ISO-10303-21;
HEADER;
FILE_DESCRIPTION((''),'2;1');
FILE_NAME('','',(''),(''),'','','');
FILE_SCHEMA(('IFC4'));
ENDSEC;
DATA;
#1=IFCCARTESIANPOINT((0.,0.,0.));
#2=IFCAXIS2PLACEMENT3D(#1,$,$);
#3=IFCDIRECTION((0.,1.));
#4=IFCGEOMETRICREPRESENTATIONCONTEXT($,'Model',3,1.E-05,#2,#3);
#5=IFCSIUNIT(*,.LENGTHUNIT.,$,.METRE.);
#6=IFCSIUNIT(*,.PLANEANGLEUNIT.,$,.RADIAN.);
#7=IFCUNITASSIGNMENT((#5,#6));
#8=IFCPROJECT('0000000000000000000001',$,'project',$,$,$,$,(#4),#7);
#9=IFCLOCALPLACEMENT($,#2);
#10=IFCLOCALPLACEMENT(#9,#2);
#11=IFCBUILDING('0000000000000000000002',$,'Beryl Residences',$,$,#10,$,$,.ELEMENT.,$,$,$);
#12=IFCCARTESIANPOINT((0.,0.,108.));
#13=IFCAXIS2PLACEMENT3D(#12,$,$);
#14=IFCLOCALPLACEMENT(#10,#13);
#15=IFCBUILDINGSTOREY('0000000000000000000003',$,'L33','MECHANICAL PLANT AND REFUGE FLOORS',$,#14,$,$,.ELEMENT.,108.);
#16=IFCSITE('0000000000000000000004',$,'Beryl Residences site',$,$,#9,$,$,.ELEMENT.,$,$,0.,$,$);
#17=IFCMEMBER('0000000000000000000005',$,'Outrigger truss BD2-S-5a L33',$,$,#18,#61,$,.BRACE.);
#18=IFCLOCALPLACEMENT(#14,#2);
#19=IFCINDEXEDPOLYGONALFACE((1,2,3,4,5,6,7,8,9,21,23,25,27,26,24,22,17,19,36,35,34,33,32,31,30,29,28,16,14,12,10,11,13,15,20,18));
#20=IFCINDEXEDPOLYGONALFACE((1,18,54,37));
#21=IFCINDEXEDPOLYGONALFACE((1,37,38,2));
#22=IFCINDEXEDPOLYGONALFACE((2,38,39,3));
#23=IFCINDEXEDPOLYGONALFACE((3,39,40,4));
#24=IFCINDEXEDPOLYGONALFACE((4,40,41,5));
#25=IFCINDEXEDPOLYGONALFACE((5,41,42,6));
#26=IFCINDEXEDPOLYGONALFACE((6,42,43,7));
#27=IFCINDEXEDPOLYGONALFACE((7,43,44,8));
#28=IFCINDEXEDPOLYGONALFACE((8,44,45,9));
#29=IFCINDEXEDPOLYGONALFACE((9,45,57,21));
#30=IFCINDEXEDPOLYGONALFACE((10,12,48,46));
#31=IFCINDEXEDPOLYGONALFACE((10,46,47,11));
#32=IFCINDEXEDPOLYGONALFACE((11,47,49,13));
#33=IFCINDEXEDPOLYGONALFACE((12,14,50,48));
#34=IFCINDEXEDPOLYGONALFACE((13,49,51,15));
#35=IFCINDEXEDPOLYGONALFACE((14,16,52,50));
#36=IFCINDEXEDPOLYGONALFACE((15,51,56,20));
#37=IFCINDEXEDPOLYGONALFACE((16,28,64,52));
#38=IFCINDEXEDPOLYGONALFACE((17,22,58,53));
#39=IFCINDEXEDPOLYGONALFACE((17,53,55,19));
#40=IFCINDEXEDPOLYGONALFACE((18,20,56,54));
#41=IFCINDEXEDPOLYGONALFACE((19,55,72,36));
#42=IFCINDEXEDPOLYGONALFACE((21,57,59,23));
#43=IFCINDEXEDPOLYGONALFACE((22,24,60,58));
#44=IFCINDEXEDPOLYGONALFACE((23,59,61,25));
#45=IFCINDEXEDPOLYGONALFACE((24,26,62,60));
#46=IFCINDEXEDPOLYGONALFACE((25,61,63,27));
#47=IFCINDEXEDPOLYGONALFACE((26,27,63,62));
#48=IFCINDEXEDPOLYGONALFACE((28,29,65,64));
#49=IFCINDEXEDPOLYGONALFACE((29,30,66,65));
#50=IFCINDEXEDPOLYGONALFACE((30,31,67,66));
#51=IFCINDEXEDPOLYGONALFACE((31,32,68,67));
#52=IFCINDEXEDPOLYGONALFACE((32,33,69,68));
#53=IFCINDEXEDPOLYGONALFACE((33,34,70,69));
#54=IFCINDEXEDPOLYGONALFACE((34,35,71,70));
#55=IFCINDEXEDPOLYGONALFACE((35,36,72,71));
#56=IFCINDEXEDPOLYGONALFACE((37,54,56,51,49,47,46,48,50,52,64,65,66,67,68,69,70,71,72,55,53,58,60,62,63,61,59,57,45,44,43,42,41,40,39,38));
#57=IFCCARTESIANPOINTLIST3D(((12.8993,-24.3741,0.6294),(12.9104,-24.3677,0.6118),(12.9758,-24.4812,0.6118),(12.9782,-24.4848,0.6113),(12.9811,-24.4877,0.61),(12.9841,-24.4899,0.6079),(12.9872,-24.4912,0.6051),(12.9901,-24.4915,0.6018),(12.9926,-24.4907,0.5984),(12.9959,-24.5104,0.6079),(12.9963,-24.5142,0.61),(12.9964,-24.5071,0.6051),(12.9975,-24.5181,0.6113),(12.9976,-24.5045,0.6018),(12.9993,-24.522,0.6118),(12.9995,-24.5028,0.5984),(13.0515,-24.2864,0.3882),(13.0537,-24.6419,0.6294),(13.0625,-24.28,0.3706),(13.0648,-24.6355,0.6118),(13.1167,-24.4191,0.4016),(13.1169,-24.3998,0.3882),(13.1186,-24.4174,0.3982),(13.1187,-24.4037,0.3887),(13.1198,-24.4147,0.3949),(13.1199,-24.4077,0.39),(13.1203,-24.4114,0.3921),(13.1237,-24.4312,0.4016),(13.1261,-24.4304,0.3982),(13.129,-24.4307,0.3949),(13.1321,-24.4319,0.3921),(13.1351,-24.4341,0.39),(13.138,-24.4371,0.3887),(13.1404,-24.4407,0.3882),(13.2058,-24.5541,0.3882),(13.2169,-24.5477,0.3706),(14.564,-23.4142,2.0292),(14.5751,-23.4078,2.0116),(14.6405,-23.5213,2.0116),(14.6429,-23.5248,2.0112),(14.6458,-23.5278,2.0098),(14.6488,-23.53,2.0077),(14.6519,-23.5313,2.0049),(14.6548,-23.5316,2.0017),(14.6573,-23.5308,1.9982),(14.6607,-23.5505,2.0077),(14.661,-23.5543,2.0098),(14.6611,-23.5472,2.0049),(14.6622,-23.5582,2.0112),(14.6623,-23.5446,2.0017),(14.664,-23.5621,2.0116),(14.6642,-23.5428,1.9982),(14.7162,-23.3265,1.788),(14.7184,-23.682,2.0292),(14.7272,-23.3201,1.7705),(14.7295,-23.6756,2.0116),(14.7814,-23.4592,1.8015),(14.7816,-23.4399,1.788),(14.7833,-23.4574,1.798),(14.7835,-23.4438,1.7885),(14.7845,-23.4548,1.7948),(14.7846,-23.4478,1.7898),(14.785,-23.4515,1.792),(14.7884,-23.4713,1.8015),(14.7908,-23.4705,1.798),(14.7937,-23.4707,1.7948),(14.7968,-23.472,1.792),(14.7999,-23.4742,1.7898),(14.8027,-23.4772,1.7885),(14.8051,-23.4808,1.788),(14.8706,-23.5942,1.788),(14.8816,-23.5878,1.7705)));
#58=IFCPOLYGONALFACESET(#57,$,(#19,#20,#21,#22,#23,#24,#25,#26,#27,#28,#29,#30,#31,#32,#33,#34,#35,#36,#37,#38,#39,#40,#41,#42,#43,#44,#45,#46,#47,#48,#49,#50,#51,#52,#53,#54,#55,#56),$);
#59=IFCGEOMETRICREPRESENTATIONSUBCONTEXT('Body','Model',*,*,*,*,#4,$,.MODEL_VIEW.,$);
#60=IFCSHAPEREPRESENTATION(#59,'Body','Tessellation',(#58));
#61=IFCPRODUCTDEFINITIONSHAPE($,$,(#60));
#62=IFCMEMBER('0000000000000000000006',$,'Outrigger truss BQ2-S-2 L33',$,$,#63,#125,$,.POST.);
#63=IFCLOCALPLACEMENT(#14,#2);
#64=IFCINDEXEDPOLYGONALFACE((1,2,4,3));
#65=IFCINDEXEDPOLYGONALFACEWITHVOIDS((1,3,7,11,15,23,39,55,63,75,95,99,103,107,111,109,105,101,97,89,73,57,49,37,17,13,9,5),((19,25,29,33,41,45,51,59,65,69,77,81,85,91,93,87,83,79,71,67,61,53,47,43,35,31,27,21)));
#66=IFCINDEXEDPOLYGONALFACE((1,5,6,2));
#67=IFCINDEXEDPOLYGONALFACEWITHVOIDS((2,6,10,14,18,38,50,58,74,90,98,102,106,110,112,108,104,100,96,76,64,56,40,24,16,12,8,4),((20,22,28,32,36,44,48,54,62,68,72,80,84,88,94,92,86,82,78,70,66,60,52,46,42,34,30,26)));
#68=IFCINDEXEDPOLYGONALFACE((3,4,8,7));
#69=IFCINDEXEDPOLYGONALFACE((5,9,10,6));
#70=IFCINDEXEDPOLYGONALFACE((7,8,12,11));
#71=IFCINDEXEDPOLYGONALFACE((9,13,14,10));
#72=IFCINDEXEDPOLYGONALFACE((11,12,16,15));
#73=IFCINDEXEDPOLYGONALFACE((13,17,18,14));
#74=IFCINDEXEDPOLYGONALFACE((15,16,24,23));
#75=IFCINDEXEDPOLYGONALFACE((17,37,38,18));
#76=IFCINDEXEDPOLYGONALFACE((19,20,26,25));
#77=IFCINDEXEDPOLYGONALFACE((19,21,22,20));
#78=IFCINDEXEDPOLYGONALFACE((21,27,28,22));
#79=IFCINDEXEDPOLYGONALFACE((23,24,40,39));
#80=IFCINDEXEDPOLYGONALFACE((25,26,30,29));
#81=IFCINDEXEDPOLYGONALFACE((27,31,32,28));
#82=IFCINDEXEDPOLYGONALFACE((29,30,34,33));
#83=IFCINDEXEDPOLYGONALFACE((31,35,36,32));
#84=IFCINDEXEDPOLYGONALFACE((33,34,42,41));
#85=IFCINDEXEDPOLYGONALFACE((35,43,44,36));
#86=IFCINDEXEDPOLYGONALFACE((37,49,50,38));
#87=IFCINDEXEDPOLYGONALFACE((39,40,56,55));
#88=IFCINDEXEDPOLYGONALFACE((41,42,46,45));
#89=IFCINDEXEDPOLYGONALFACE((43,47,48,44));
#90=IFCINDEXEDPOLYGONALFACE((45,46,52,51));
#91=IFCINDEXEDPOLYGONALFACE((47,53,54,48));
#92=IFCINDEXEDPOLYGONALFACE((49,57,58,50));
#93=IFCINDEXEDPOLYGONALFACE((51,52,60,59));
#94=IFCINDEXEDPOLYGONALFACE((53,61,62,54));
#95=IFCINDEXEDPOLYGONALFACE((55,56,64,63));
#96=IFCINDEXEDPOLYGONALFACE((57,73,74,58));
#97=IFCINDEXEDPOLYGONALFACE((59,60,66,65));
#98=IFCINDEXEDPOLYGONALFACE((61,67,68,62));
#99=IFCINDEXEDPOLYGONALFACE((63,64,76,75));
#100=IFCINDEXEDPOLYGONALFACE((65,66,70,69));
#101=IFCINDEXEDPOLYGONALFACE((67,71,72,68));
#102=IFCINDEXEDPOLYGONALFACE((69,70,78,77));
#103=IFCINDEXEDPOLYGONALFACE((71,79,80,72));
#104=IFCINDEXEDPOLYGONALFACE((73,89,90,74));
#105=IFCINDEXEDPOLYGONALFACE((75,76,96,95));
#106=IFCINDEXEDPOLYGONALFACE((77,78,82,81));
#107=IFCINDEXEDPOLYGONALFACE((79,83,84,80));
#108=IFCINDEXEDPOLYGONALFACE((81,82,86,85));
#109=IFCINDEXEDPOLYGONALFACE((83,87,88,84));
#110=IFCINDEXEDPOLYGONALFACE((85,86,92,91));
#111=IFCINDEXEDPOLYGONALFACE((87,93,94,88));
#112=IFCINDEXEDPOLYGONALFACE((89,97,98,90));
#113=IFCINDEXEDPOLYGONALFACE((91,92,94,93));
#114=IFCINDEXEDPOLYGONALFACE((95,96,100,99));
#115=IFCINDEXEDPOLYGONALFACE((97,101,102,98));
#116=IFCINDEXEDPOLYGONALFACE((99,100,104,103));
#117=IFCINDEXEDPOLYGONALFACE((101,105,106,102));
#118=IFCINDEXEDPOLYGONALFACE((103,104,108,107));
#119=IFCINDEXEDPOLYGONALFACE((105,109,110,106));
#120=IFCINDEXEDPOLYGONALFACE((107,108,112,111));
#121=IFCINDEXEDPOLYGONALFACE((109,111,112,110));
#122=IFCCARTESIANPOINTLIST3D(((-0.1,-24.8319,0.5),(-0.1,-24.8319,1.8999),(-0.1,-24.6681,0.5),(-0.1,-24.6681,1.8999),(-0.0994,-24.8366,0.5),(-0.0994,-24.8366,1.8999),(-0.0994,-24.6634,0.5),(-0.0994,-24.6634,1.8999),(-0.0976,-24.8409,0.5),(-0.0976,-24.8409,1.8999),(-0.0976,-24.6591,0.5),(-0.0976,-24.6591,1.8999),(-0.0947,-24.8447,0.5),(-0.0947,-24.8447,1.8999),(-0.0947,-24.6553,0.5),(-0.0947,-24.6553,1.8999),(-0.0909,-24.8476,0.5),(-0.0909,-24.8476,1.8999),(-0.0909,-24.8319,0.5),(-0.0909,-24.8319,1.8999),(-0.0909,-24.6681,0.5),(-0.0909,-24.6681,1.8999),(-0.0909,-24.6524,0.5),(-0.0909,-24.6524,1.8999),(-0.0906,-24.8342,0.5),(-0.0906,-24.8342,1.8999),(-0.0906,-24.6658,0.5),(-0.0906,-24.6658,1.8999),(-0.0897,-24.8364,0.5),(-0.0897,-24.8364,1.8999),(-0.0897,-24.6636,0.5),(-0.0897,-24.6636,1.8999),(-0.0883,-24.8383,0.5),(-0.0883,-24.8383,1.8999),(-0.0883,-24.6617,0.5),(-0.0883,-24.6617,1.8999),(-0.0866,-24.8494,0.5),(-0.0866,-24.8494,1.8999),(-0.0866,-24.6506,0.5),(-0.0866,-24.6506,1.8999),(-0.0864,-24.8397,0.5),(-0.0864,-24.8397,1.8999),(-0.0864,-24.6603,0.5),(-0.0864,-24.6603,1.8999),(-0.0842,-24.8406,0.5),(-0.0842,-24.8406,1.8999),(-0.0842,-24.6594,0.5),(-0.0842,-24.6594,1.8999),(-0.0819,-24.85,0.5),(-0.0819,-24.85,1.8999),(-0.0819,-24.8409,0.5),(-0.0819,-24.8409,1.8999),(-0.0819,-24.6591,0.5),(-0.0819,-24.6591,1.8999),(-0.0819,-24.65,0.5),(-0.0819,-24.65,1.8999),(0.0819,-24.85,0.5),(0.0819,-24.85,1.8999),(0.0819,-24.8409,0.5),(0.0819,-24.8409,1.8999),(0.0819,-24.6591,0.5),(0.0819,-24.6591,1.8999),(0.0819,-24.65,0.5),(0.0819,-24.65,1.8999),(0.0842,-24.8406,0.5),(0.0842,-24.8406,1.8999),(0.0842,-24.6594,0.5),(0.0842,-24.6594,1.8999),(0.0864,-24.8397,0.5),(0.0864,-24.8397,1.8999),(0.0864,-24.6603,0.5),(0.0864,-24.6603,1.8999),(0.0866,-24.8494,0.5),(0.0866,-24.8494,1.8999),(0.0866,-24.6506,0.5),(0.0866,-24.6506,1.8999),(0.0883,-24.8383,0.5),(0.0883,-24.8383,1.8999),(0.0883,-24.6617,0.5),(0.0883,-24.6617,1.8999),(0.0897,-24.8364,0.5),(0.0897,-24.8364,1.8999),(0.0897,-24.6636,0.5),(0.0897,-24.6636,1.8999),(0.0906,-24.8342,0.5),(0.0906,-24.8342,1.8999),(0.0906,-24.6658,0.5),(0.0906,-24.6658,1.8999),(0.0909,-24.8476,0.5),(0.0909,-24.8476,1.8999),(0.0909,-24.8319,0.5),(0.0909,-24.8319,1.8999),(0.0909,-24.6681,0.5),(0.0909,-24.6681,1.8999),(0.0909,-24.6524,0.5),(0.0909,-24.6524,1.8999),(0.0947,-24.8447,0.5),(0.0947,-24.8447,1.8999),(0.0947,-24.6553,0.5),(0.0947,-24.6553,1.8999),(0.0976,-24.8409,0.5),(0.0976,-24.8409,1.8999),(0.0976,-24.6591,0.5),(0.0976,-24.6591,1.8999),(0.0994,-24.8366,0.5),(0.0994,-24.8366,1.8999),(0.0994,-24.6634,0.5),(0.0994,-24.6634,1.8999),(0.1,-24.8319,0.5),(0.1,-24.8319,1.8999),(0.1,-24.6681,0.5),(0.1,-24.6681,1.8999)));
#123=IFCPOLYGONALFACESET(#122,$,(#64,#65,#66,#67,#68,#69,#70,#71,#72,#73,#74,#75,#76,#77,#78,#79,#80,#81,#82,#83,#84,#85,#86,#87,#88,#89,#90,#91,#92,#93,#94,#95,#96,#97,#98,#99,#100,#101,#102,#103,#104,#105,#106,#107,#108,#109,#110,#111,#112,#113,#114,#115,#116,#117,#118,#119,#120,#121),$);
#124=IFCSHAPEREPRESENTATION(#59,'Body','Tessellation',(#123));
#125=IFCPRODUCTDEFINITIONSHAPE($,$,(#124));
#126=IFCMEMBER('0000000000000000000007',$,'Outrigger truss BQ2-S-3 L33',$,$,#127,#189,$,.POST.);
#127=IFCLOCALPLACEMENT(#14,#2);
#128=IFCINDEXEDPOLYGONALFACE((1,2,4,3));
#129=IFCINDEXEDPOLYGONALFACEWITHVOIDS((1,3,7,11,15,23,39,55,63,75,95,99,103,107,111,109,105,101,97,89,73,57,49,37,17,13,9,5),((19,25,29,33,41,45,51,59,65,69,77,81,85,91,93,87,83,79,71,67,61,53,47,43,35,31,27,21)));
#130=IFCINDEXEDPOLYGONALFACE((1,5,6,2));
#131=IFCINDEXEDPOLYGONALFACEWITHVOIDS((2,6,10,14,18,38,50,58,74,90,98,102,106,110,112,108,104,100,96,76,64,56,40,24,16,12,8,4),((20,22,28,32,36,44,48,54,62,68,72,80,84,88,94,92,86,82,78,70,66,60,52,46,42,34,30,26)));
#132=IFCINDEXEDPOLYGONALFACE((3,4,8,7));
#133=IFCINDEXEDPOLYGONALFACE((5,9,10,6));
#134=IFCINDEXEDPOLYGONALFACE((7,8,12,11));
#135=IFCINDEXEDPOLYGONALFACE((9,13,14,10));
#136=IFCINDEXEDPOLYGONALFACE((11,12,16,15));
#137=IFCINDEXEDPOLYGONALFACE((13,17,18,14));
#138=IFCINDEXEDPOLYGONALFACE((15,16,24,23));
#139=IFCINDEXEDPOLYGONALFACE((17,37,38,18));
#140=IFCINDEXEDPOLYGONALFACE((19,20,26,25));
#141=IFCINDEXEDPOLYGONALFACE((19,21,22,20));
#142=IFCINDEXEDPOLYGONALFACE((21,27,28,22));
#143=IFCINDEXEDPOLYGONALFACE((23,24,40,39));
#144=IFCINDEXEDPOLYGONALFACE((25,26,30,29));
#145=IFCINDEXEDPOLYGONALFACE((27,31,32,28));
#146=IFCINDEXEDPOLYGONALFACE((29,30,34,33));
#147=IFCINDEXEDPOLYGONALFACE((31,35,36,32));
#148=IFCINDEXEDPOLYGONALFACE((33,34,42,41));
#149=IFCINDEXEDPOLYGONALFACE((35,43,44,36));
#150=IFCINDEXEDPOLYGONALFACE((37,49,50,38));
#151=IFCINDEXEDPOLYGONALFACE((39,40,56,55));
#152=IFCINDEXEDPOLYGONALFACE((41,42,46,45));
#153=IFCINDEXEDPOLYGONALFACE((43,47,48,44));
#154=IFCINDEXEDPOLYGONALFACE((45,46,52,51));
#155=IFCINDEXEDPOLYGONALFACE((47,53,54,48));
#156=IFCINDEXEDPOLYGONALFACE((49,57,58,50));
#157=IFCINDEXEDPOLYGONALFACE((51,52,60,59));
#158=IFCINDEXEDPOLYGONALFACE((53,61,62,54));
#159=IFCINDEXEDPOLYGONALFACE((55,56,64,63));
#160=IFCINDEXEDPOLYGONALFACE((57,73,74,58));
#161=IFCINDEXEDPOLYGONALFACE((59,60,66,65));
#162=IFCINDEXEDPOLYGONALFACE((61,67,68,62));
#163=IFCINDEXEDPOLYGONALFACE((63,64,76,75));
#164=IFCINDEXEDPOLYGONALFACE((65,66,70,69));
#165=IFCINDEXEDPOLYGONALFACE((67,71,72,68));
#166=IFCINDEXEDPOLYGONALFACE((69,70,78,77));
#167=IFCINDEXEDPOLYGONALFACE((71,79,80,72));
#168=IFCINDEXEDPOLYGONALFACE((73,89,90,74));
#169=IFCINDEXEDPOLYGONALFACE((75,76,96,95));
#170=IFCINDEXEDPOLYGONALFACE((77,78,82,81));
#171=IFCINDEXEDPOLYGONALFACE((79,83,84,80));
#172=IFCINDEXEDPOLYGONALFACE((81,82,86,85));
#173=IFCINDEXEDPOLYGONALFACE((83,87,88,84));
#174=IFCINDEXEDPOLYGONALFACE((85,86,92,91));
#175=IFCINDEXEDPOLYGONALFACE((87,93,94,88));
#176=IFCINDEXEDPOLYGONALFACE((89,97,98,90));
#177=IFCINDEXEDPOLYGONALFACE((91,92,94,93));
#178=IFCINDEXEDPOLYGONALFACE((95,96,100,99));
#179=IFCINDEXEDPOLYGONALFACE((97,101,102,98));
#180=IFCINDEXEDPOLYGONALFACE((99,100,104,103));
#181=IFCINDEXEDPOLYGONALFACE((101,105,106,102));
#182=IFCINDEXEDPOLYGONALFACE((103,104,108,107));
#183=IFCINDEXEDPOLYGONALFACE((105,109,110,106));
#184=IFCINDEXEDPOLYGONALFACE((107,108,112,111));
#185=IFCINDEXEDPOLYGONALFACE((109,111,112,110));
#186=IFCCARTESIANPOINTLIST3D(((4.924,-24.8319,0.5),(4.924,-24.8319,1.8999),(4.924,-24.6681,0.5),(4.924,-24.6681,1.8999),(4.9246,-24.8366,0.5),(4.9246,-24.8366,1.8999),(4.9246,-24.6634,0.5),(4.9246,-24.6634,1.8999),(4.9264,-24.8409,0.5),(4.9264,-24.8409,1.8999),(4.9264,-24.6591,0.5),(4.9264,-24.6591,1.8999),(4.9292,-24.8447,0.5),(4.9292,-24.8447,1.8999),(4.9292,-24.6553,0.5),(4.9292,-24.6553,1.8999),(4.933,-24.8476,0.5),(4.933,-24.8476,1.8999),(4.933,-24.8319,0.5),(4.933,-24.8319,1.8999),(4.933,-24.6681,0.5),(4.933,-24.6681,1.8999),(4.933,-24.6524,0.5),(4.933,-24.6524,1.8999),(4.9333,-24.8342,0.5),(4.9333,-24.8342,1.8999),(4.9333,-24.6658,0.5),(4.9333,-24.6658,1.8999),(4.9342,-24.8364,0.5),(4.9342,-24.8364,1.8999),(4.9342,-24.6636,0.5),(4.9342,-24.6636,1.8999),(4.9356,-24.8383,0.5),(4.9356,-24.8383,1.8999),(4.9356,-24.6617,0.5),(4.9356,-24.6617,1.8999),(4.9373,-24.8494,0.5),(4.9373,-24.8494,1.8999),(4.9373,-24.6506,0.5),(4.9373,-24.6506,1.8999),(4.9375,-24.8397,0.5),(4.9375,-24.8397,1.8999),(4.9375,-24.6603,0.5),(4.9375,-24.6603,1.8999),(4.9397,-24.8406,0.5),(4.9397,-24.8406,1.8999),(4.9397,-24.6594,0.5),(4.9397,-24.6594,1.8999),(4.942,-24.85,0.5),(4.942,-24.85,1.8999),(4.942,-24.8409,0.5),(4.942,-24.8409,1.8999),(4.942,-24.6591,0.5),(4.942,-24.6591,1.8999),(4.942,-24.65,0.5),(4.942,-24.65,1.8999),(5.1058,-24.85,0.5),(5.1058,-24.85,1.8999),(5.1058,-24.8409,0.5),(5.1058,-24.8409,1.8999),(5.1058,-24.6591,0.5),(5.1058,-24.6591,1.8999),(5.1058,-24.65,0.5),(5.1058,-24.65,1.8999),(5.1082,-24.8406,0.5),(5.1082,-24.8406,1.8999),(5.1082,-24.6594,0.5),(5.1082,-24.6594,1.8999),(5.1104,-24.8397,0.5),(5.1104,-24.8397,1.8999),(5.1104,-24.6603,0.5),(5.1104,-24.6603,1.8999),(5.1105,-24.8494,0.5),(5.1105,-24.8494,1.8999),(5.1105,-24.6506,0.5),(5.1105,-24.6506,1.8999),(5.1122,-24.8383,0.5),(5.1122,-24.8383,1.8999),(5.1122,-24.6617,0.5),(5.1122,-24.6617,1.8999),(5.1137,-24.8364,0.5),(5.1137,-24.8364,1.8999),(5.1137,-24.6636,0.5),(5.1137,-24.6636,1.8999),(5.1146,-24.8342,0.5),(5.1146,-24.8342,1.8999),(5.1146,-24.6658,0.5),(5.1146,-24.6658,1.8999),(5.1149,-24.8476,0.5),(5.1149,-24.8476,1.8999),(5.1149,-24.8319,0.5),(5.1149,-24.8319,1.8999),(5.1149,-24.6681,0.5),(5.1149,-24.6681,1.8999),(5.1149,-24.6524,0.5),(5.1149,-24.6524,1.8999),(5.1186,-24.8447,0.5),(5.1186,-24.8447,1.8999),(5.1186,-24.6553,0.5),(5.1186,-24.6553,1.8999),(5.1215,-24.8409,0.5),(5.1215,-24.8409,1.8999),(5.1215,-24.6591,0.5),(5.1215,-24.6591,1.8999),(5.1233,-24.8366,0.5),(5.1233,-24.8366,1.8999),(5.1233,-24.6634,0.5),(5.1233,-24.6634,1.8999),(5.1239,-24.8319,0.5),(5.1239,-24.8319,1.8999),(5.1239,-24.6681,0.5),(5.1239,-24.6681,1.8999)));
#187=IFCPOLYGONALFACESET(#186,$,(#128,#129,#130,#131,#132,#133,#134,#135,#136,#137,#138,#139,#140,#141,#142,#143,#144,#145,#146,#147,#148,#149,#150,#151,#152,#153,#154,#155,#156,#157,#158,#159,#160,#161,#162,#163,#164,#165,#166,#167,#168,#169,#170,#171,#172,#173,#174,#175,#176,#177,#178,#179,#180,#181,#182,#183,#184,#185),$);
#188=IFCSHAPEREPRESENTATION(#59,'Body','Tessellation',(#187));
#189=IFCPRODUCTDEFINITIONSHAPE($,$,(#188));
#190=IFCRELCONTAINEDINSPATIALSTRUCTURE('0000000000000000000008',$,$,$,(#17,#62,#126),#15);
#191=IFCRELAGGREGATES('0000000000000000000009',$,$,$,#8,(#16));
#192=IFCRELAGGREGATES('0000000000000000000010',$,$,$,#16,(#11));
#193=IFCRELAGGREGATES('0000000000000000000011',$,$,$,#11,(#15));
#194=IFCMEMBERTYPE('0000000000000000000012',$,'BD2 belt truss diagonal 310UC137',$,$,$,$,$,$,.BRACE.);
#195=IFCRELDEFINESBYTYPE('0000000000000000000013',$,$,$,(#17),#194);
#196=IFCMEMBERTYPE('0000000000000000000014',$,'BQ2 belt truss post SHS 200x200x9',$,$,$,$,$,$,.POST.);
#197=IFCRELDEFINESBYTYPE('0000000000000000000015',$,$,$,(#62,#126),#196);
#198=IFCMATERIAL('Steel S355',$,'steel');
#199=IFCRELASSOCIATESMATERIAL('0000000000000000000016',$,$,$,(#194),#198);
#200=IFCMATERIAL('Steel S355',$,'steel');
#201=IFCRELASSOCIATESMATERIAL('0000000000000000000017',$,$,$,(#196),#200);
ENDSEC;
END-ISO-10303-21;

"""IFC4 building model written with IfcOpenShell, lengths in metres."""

from ifc_helpers import new_model, si_unit, direction, frame, origin, origin_2d, place, context, subcontext, project, spatial, hollow_rectangle, i_section, extrude, material, material_profile, profile_set, type_object, element, save


model = new_model("IFC4")

# Units and contexts
model_context = context("Model", 3, precision=1e-05, world=origin(), true_north=direction((0.0, 1.0)))
body_context = subcontext(model_context, "Body", "Model", "MODEL_VIEW")
ifc_project = project(units=[si_unit("LENGTHUNIT", "METRE"), si_unit("PLANEANGLEUNIT", "RADIAN")], contexts=[model_context])

# Site, building, storey
site_placement = place(None, origin())
site = spatial("IfcSite", under=ifc_project, at=site_placement, Name="Beryl Residences site", CompositionType="ELEMENT", RefElevation=0.0)
building_placement = place(site_placement, origin())
building = spatial("IfcBuilding", under=site, at=building_placement, Name="Beryl Residences", CompositionType="ELEMENT")
storey_placement = place(building_placement, frame((0.0, 0.0, 108.0)))
storey = spatial("IfcBuildingStorey", under=building, at=storey_placement, Name="L33", Description="MECHANICAL PLANT AND REFUGE FLOORS", CompositionType="ELEMENT", Elevation=108.0)

# Members
ifc_material_1 = material(Name="Steel S355", Category="steel")
ifc_material_profile_1 = material_profile(ifc_material_1, i_section(OverallWidth=0.3091, OverallDepth=0.3201, WebThickness=0.0139, FlangeThickness=0.0217, FilletRadius=0.0166, at=origin_2d()))
ifc_profile_set_1 = profile_set([ifc_material_profile_1], Name="Steel S355")
member_type_1 = type_object("IfcMemberType", Name="BD2 belt truss diagonal 310UC137", PredefinedType="BRACE", material=ifc_profile_set_1)
member_1_placement = place(storey_placement, frame((13.0581, -24.4609, 0.5), z_axis=(0.700211, 0.403759, 0.588798), x_axis=(-0.499528, 0.866298, 0.0)))
element("IfcMember", 1, at=member_1_placement, inside=storey, type_object=member_type_1, Name="Outrigger truss BD2-S-5a L33", PredefinedType="BRACE", context=body_context, shape_type="SweptSolid", body=[
    extrude(i_section(OverallWidth=0.3091, OverallDepth=0.3201, WebThickness=0.0139, FlangeThickness=0.0217, FilletRadius=0.0166, at=origin_2d()), origin(), (0.0, 0.0, 1.0), 2.3774),
])
ifc_material_2 = material(Name="Steel S355", Category="steel")
ifc_material_profile_2 = material_profile(ifc_material_2, hollow_rectangle(XDim=0.2, YDim=0.2, WallThickness=0.009, InnerFilletRadius=0.009, OuterFilletRadius=0.0181, at=origin_2d()))
ifc_profile_set_2 = profile_set([ifc_material_profile_2], Name="Steel S355")
member_type_2 = type_object("IfcMemberType", Name="BQ2 belt truss post SHS 200x200x9", PredefinedType="POST", material=ifc_profile_set_2)
for number, where, z_axis, x_axis, name in (
    (2, (0.0, -24.75, 0.5), (0.0, 0.0, 1.0), (1.0, 0.0, 0.0), "Outrigger truss BQ2-S-2 L33"),
    (3, (5.0239, -24.75, 0.5), (0.0, 0.0, 1.0), (1.0, 0.0, 0.0), "Outrigger truss BQ2-S-3 L33"),
):
    element("IfcMember", number, at=place(storey_placement, frame(where, z_axis=z_axis, x_axis=x_axis)), inside=storey, type_object=member_type_2, Name=name, PredefinedType="POST", context=body_context, shape_type="SweptSolid", body=[
        extrude(hollow_rectangle(XDim=0.2, YDim=0.2, WallThickness=0.009, InnerFilletRadius=0.009, OuterFilletRadius=0.0181, at=origin_2d()), origin(), (0.0, 0.0, 1.0), 1.3999),
    ])

save(model, "model.ifc")
